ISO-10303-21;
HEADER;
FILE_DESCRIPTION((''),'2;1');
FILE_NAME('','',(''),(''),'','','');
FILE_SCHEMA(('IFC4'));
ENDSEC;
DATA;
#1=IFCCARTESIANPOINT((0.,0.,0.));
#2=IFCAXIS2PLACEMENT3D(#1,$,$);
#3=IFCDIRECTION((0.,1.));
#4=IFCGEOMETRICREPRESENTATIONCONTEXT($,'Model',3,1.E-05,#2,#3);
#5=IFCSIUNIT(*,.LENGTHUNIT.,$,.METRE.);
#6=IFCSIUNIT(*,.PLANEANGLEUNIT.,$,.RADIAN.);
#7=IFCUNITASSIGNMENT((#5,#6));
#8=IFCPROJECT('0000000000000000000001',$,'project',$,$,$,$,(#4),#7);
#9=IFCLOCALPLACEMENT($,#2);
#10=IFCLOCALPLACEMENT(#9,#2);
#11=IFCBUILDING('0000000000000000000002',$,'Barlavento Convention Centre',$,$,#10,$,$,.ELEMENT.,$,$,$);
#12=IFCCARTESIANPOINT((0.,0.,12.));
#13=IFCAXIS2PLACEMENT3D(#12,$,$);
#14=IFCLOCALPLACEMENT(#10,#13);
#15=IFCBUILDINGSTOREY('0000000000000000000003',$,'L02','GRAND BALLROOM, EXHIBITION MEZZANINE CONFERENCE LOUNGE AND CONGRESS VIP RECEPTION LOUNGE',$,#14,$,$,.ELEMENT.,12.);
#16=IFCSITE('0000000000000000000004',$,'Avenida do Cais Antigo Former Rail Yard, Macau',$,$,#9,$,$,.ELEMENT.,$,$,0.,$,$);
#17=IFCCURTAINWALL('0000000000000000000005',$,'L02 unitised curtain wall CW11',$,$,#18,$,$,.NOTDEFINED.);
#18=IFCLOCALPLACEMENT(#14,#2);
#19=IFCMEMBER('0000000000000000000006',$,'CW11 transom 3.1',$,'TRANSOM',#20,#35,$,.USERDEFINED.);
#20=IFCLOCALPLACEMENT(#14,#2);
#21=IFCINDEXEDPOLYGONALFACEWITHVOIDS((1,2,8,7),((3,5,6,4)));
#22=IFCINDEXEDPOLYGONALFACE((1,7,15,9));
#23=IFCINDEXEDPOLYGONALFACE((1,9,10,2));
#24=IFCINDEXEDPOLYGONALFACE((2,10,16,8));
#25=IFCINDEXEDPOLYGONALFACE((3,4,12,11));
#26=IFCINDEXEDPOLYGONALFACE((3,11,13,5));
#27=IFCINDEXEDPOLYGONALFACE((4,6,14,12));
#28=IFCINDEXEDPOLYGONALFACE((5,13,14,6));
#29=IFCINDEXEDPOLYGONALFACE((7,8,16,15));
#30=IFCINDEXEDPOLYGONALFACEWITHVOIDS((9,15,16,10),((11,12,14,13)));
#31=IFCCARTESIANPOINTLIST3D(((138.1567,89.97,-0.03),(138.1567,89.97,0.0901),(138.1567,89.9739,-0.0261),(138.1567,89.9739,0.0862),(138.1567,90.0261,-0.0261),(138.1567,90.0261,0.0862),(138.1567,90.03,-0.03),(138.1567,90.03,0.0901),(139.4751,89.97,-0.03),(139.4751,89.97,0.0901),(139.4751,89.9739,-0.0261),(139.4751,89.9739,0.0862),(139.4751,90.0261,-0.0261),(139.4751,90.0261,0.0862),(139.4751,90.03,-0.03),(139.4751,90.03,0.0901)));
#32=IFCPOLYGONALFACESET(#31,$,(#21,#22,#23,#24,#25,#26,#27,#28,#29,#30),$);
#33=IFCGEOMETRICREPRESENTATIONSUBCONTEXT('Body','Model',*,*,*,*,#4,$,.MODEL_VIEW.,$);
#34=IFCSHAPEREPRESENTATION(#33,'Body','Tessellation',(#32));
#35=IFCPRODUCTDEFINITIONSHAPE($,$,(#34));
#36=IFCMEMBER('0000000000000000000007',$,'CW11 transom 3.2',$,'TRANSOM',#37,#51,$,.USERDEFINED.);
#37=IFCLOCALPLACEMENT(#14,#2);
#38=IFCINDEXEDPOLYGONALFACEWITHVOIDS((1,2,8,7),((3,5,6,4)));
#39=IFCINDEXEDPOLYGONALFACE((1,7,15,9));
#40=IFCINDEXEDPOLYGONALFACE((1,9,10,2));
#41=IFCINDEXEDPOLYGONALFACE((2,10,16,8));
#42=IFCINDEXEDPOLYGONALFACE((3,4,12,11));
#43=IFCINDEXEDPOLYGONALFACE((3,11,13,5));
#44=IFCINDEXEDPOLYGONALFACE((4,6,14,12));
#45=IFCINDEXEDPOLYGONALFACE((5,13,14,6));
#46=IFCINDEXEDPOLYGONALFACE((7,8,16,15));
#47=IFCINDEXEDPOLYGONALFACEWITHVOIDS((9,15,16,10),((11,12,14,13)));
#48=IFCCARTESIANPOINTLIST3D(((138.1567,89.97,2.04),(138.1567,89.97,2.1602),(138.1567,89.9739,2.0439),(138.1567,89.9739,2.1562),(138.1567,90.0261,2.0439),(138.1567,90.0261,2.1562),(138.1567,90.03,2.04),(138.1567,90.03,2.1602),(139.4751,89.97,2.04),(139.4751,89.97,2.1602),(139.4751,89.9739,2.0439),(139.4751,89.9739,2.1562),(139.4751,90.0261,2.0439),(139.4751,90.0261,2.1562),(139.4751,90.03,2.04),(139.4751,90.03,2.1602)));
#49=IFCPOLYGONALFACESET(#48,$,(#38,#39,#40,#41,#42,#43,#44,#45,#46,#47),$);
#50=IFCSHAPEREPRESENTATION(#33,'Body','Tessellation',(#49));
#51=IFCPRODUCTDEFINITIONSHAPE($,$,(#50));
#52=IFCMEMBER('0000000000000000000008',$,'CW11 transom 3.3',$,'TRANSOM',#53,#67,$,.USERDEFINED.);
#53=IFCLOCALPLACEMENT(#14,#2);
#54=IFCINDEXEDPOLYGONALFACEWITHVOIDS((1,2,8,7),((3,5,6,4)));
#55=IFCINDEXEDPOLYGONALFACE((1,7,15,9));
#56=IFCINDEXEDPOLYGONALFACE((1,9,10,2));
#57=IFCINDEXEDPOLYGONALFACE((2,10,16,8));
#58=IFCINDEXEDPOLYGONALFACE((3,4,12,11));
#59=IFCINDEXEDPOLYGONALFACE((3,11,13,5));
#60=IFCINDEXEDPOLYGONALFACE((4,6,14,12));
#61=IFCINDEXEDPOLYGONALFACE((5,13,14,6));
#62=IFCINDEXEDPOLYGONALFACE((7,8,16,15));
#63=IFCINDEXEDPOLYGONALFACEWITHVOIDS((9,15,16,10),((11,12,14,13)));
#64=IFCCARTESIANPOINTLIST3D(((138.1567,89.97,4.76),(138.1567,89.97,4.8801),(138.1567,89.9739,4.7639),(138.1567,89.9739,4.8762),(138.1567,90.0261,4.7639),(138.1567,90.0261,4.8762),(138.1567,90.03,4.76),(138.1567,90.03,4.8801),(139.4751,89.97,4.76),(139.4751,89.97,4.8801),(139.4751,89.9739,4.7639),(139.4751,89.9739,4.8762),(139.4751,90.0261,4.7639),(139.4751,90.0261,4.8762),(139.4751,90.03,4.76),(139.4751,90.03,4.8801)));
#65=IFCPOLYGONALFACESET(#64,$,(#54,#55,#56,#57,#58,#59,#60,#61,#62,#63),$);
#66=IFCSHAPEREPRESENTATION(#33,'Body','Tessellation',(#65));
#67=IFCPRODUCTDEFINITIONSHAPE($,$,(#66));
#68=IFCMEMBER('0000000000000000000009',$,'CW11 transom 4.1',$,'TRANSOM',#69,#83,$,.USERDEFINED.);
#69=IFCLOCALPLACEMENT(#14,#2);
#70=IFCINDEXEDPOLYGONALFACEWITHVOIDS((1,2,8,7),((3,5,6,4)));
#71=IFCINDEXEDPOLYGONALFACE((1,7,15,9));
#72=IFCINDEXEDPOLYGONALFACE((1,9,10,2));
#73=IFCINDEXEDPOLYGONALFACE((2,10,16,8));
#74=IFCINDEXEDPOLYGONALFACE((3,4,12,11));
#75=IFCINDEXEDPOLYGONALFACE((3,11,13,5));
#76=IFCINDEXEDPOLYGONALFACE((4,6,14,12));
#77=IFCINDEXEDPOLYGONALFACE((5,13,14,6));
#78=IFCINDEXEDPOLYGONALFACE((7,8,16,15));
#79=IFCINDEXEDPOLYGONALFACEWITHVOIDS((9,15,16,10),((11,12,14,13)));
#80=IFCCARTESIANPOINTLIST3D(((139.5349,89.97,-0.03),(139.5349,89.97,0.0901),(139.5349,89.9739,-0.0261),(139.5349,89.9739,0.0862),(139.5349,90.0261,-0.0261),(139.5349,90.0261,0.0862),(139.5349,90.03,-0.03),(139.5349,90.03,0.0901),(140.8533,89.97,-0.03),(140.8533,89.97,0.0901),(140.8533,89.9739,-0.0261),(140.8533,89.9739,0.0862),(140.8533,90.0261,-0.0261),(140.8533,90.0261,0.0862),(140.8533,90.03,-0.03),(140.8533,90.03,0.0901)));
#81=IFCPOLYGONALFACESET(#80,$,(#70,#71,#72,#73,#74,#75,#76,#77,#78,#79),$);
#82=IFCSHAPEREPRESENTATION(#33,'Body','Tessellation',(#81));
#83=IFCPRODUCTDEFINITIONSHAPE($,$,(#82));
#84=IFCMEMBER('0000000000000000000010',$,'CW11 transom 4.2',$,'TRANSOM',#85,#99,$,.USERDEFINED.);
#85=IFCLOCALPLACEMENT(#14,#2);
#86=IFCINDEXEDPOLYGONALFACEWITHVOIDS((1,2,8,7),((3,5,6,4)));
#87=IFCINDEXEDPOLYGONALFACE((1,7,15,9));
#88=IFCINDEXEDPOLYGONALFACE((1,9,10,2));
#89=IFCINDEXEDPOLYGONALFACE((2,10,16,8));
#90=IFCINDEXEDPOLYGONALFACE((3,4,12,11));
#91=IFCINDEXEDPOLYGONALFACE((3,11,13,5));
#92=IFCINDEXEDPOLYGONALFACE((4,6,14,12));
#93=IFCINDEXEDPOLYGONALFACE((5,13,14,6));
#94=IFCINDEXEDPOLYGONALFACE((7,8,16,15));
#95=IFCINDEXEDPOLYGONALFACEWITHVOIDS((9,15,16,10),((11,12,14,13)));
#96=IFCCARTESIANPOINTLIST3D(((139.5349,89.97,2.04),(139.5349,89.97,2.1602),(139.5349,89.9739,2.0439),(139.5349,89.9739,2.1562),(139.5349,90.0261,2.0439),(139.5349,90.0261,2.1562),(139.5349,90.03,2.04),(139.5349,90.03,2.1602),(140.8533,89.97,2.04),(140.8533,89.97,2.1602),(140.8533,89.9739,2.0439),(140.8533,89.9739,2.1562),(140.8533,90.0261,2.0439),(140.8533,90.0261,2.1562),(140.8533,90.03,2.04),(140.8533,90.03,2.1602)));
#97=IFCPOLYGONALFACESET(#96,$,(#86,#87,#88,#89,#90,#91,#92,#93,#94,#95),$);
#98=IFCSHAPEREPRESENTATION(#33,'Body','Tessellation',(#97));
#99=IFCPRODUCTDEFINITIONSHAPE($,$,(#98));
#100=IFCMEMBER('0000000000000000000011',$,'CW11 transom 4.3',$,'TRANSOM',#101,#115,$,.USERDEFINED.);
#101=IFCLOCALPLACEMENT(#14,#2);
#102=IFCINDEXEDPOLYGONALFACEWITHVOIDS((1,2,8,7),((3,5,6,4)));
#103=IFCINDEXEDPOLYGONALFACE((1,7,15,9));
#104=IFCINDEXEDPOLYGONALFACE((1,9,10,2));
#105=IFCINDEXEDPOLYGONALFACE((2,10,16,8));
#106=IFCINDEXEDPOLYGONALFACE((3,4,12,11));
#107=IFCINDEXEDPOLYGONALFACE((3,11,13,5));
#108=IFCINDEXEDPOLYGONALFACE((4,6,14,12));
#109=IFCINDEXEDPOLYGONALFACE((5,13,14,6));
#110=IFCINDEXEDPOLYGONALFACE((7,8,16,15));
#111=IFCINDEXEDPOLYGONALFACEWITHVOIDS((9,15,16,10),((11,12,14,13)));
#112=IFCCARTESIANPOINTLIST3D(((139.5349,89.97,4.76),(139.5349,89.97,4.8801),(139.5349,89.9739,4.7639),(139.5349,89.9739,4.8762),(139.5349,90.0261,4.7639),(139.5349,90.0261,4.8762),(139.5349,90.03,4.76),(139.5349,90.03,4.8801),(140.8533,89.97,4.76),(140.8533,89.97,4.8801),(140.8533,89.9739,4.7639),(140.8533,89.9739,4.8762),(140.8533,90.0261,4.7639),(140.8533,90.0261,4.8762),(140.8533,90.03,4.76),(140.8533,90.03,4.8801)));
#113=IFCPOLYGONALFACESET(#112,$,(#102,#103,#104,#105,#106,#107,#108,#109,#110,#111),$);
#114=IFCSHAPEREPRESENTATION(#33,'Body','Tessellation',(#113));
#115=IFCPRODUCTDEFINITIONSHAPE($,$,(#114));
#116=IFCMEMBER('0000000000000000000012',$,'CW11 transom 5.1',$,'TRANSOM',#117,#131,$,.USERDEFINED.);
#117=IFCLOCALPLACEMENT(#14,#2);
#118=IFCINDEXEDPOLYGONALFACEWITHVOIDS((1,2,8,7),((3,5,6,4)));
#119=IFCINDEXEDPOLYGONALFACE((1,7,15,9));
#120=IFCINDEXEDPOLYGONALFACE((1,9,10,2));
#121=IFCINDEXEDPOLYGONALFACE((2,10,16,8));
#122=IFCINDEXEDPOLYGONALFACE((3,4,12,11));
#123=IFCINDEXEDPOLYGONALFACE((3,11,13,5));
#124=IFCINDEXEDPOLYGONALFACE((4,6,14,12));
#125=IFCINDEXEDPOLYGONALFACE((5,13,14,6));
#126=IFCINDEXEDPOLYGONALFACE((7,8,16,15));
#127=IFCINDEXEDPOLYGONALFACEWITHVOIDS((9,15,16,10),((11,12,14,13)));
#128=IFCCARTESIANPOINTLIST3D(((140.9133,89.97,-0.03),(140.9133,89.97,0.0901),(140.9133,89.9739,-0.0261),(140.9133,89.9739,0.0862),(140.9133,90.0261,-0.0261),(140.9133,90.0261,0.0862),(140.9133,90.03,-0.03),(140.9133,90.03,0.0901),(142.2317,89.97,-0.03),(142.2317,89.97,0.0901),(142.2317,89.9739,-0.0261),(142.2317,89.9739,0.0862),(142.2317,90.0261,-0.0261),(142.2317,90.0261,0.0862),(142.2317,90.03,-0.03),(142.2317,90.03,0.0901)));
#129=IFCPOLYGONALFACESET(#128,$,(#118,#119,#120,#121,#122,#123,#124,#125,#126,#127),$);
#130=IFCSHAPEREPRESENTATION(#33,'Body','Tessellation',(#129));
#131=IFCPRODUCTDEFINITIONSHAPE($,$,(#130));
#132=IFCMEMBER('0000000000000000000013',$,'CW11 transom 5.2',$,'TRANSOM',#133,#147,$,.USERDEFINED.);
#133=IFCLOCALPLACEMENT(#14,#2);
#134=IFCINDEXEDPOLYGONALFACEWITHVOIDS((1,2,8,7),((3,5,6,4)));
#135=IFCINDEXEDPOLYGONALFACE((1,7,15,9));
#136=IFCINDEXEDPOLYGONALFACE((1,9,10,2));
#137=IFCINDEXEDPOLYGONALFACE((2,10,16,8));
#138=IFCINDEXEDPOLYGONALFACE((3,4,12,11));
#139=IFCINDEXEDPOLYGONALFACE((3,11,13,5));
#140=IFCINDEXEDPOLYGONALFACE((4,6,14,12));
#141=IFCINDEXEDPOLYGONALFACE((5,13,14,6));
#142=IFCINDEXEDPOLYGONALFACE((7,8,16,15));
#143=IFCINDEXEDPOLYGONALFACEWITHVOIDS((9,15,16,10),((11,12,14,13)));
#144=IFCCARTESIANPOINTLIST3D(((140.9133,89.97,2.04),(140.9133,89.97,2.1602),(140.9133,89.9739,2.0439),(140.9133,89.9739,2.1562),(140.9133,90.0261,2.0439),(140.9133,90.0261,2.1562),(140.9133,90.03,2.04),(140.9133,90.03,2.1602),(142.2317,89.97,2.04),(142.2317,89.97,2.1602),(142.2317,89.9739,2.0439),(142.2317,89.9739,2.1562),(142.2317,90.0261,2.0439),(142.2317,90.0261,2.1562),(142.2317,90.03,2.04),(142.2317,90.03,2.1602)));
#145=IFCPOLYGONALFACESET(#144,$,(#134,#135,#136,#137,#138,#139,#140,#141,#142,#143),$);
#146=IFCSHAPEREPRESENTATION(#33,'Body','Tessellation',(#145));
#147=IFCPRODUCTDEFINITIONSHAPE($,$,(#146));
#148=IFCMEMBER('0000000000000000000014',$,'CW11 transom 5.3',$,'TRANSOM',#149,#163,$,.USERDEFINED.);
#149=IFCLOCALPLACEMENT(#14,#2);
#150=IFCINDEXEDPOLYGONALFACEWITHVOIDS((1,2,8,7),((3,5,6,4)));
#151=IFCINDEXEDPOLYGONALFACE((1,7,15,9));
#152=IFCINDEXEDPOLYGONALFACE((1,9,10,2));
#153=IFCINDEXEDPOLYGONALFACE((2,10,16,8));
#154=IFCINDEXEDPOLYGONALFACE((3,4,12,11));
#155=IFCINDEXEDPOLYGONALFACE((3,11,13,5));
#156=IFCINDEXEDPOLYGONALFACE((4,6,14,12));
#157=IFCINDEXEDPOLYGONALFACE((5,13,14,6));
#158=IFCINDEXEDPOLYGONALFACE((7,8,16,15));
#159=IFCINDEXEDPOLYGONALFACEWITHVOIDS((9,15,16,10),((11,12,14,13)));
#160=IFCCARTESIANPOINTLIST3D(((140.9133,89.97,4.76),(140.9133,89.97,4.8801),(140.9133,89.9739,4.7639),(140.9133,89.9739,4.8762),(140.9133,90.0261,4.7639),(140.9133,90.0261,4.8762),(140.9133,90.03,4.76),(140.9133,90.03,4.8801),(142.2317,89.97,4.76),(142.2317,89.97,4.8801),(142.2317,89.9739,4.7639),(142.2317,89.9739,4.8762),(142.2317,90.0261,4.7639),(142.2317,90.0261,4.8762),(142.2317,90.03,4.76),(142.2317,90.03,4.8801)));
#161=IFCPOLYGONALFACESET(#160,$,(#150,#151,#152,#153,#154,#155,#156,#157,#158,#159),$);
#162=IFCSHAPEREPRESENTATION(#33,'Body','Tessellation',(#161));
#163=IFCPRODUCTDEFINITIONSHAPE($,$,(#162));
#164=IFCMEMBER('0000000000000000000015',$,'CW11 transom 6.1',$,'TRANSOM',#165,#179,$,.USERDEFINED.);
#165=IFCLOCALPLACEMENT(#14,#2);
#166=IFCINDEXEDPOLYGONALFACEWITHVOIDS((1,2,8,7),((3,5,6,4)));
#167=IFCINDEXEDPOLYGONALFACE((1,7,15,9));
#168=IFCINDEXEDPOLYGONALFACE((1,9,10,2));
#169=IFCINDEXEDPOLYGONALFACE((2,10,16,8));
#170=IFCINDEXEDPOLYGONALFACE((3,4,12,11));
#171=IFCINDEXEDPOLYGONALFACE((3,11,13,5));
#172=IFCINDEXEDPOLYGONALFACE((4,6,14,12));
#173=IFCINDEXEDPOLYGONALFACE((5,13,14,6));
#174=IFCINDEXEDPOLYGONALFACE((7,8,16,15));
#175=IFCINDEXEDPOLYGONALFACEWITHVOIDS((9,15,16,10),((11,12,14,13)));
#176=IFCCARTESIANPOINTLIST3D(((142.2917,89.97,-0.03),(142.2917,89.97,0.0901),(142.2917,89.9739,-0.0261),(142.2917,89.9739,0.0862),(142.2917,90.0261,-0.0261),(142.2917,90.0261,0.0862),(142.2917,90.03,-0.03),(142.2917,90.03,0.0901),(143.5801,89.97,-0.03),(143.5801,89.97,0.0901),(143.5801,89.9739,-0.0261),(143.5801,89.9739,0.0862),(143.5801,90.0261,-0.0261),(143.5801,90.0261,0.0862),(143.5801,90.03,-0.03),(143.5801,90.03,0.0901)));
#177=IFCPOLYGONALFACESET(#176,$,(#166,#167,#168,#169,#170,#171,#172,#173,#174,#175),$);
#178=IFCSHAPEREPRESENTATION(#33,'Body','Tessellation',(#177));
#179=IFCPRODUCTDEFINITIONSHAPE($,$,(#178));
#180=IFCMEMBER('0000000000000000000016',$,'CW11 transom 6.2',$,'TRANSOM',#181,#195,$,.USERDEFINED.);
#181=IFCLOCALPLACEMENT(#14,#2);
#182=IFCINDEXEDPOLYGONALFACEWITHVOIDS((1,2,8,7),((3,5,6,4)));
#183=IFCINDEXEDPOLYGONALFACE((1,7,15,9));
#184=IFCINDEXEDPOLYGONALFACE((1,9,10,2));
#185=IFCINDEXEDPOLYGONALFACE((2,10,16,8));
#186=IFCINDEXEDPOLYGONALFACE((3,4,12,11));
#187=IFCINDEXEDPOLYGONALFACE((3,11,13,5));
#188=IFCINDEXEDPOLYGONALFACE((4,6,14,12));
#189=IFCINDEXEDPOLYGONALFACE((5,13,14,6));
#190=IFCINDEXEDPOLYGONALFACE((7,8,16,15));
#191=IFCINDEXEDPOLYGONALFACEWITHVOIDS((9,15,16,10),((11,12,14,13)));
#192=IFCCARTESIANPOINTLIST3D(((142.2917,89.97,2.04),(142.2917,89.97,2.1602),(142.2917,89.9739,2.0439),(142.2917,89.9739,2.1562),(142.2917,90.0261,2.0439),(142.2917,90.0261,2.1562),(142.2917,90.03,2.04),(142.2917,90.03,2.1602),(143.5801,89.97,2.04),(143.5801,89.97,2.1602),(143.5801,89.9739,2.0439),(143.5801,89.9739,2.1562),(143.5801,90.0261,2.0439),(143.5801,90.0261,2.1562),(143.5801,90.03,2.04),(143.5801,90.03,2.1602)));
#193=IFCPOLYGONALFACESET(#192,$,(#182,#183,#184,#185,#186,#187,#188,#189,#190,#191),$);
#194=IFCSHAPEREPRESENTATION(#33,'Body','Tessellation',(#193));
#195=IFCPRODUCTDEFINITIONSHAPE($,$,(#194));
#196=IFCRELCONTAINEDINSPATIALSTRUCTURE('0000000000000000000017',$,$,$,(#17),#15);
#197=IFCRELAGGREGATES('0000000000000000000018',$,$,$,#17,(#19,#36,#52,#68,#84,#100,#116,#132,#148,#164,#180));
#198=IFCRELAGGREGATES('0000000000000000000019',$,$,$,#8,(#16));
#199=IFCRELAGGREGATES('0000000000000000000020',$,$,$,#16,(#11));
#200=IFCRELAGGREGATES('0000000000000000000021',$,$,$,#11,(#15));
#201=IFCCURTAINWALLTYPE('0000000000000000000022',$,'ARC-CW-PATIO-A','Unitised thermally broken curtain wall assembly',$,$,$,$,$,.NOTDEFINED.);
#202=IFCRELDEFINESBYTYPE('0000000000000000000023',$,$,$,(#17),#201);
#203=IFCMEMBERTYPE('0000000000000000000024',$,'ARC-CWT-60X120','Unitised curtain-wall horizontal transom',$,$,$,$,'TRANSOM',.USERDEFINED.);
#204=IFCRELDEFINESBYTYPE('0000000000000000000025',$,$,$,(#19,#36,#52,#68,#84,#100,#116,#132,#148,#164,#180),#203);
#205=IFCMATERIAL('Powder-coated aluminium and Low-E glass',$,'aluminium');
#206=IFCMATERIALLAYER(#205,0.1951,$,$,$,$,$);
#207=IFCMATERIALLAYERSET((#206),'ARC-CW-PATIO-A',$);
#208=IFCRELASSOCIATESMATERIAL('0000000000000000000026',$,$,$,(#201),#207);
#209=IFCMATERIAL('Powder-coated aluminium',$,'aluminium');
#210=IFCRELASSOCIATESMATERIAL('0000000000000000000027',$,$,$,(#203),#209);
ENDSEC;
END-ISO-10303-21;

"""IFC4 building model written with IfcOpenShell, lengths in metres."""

from ifc_helpers import new_model, si_unit, direction, frame, origin, origin_2d, place, context, subcontext, project, spatial, hollow_rectangle, extrude, material, layer, layer_set, material_profile, profile_set, type_object, element, aggregate, save


model = new_model("IFC4")

# Units and contexts
model_context = context("Model", 3, precision=1e-05, world=origin(), true_north=direction((0.0, 1.0)))
body_context = subcontext(model_context, "Body", "Model", "MODEL_VIEW")
ifc_project = project(units=[si_unit("LENGTHUNIT", "METRE"), si_unit("PLANEANGLEUNIT", "RADIAN")], contexts=[model_context])

# Site, building, storey
site_placement = place(None, origin())
site = spatial("IfcSite", under=ifc_project, at=site_placement, Name="Avenida do Cais Antigo Former Rail Yard, Macau", CompositionType="ELEMENT", RefElevation=0.0)
building_placement = place(site_placement, origin())
building = spatial("IfcBuilding", under=site, at=building_placement, Name="Barlavento Convention Centre", CompositionType="ELEMENT")
storey_placement = place(building_placement, frame((0.0, 0.0, 12.0)))
storey = spatial("IfcBuildingStorey", under=building, at=storey_placement, Name="L02", Description="GRAND BALLROOM, EXHIBITION MEZZANINE CONFERENCE LOUNGE AND CONGRESS VIP RECEPTION LOUNGE", CompositionType="ELEMENT", Elevation=12.0)

# Curtain wall, members
ifc_material_1 = material(Name="Powder-coated aluminium and Low-E glass", Category="aluminium")
ifc_layer_1 = layer(ifc_material_1, 0.1951)
ifc_layer_set_1 = layer_set([ifc_layer_1], Name="ARC-CW-PATIO-A")
curtain_wall_type = type_object("IfcCurtainWallType", Name="ARC-CW-PATIO-A", Description="Unitised thermally broken curtain wall assembly", PredefinedType="NOTDEFINED", material=ifc_layer_set_1)
curtain_wall_placement = place(storey_placement, origin())
curtain_wall = element("IfcCurtainWall", 1, at=curtain_wall_placement, inside=storey, type_object=curtain_wall_type, Name="L02 unitised curtain wall CW11", PredefinedType="NOTDEFINED")
ifc_material_2 = material(Name="Powder-coated aluminium", Category="aluminium")
ifc_material_profile_1 = material_profile(ifc_material_2, hollow_rectangle(XDim=0.0601, YDim=0.1201, WallThickness=0.0039, at=origin_2d()), Name="AL-TRAN 60x120x4")
ifc_profile_set_1 = profile_set([ifc_material_profile_1], Name="Powder-coated aluminium")
member_type_1 = type_object("IfcMemberType", Name="ARC-CWT-60X120", Description="Unitised curtain-wall horizontal transom", ElementType="TRANSOM", PredefinedType="USERDEFINED", material=ifc_profile_set_1)
member_1_placement = place(storey_placement, frame((138.1567, 90.0, 0.03), z_axis=(1.0, 0.0, 0.0), x_axis=(0.0, 1.0, 0.0)))
member_1 = element("IfcMember", 2, at=member_1_placement, type_object=member_type_1, Name="CW11 transom 3.1", ObjectType="TRANSOM", PredefinedType="USERDEFINED", context=body_context, shape_type="SweptSolid", body=[
    extrude(hollow_rectangle(XDim=0.0601, YDim=0.1201, WallThickness=0.0039, at=origin_2d()), origin(), (0.0, 0.0, 1.0), 1.3184),
])
member_2_placement = place(storey_placement, frame((138.1567, 90.0, 2.1001), z_axis=(1.0, 0.0, 0.0), x_axis=(0.0, 1.0, 0.0)))
member_2 = element("IfcMember", 3, at=member_2_placement, type_object=member_type_1, Name="CW11 transom 3.2", ObjectType="TRANSOM", PredefinedType="USERDEFINED", context=body_context, shape_type="SweptSolid", body=[
    extrude(hollow_rectangle(XDim=0.0601, YDim=0.1201, WallThickness=0.0039, at=origin_2d()), origin(), (0.0, 0.0, 1.0), 1.3184),
])
member_3_placement = place(storey_placement, frame((138.1567, 90.0, 4.8201), z_axis=(1.0, 0.0, 0.0), x_axis=(0.0, 1.0, 0.0)))
member_3 = element("IfcMember", 4, at=member_3_placement, type_object=member_type_1, Name="CW11 transom 3.3", ObjectType="TRANSOM", PredefinedType="USERDEFINED", context=body_context, shape_type="SweptSolid", body=[
    extrude(hollow_rectangle(XDim=0.0601, YDim=0.1201, WallThickness=0.0039, at=origin_2d()), origin(), (0.0, 0.0, 1.0), 1.3184),
])
member_4_placement = place(storey_placement, frame((139.5349, 90.0, 0.03), z_axis=(1.0, 0.0, 0.0), x_axis=(0.0, 1.0, 0.0)))
member_4 = element("IfcMember", 5, at=member_4_placement, type_object=member_type_1, Name="CW11 transom 4.1", ObjectType="TRANSOM", PredefinedType="USERDEFINED", context=body_context, shape_type="SweptSolid", body=[
    extrude(hollow_rectangle(XDim=0.0601, YDim=0.1201, WallThickness=0.0039, at=origin_2d()), origin(), (0.0, 0.0, 1.0), 1.3184),
])
member_5_placement = place(storey_placement, frame((139.5349, 90.0, 2.1001), z_axis=(1.0, 0.0, 0.0), x_axis=(0.0, 1.0, 0.0)))
member_5 = element("IfcMember", 6, at=member_5_placement, type_object=member_type_1, Name="CW11 transom 4.2", ObjectType="TRANSOM", PredefinedType="USERDEFINED", context=body_context, shape_type="SweptSolid", body=[
    extrude(hollow_rectangle(XDim=0.0601, YDim=0.1201, WallThickness=0.0039, at=origin_2d()), origin(), (0.0, 0.0, 1.0), 1.3184),
])
member_6_placement = place(storey_placement, frame((139.5349, 90.0, 4.8201), z_axis=(1.0, 0.0, 0.0), x_axis=(0.0, 1.0, 0.0)))
member_6 = element("IfcMember", 7, at=member_6_placement, type_object=member_type_1, Name="CW11 transom 4.3", ObjectType="TRANSOM", PredefinedType="USERDEFINED", context=body_context, shape_type="SweptSolid", body=[
    extrude(hollow_rectangle(XDim=0.0601, YDim=0.1201, WallThickness=0.0039, at=origin_2d()), origin(), (0.0, 0.0, 1.0), 1.3184),
])
member_7_placement = place(storey_placement, frame((140.9133, 90.0, 0.03), z_axis=(1.0, 0.0, 0.0), x_axis=(0.0, 1.0, 0.0)))
member_7 = element("IfcMember", 8, at=member_7_placement, type_object=member_type_1, Name="CW11 transom 5.1", ObjectType="TRANSOM", PredefinedType="USERDEFINED", context=body_context, shape_type="SweptSolid", body=[
    extrude(hollow_rectangle(XDim=0.0601, YDim=0.1201, WallThickness=0.0039, at=origin_2d()), origin(), (0.0, 0.0, 1.0), 1.3184),
])
member_8_placement = place(storey_placement, frame((140.9133, 90.0, 2.1001), z_axis=(1.0, 0.0, 0.0), x_axis=(0.0, 1.0, 0.0)))
member_8 = element("IfcMember", 9, at=member_8_placement, type_object=member_type_1, Name="CW11 transom 5.2", ObjectType="TRANSOM", PredefinedType="USERDEFINED", context=body_context, shape_type="SweptSolid", body=[
    extrude(hollow_rectangle(XDim=0.0601, YDim=0.1201, WallThickness=0.0039, at=origin_2d()), origin(), (0.0, 0.0, 1.0), 1.3184),
])
member_9_placement = place(storey_placement, frame((140.9133, 90.0, 4.8201), z_axis=(1.0, 0.0, 0.0), x_axis=(0.0, 1.0, 0.0)))
member_9 = element("IfcMember", 10, at=member_9_placement, type_object=member_type_1, Name="CW11 transom 5.3", ObjectType="TRANSOM", PredefinedType="USERDEFINED", context=body_context, shape_type="SweptSolid", body=[
    extrude(hollow_rectangle(XDim=0.0601, YDim=0.1201, WallThickness=0.0039, at=origin_2d()), origin(), (0.0, 0.0, 1.0), 1.3184),
])
member_10_placement = place(storey_placement, frame((142.2917, 90.0, 0.03), z_axis=(1.0, 0.0, 0.0), x_axis=(0.0, 1.0, 0.0)))
member_10 = element("IfcMember", 11, at=member_10_placement, type_object=member_type_1, Name="CW11 transom 6.1", ObjectType="TRANSOM", PredefinedType="USERDEFINED", context=body_context, shape_type="SweptSolid", body=[
    extrude(hollow_rectangle(XDim=0.0601, YDim=0.1201, WallThickness=0.0039, at=origin_2d()), origin(), (0.0, 0.0, 1.0), 1.2883),
])
member_11_placement = place(storey_placement, frame((142.2917, 90.0, 2.1001), z_axis=(1.0, 0.0, 0.0), x_axis=(0.0, 1.0, 0.0)))
member_11 = element("IfcMember", 12, at=member_11_placement, type_object=member_type_1, Name="CW11 transom 6.2", ObjectType="TRANSOM", PredefinedType="USERDEFINED", context=body_context, shape_type="SweptSolid", body=[
    extrude(hollow_rectangle(XDim=0.0601, YDim=0.1201, WallThickness=0.0039, at=origin_2d()), origin(), (0.0, 0.0, 1.0), 1.2883),
])

aggregate(curtain_wall, [member_1, member_2, member_3, member_4, member_5, member_6, member_7, member_8, member_9, member_10, member_11])

save(model, "model.ifc")
